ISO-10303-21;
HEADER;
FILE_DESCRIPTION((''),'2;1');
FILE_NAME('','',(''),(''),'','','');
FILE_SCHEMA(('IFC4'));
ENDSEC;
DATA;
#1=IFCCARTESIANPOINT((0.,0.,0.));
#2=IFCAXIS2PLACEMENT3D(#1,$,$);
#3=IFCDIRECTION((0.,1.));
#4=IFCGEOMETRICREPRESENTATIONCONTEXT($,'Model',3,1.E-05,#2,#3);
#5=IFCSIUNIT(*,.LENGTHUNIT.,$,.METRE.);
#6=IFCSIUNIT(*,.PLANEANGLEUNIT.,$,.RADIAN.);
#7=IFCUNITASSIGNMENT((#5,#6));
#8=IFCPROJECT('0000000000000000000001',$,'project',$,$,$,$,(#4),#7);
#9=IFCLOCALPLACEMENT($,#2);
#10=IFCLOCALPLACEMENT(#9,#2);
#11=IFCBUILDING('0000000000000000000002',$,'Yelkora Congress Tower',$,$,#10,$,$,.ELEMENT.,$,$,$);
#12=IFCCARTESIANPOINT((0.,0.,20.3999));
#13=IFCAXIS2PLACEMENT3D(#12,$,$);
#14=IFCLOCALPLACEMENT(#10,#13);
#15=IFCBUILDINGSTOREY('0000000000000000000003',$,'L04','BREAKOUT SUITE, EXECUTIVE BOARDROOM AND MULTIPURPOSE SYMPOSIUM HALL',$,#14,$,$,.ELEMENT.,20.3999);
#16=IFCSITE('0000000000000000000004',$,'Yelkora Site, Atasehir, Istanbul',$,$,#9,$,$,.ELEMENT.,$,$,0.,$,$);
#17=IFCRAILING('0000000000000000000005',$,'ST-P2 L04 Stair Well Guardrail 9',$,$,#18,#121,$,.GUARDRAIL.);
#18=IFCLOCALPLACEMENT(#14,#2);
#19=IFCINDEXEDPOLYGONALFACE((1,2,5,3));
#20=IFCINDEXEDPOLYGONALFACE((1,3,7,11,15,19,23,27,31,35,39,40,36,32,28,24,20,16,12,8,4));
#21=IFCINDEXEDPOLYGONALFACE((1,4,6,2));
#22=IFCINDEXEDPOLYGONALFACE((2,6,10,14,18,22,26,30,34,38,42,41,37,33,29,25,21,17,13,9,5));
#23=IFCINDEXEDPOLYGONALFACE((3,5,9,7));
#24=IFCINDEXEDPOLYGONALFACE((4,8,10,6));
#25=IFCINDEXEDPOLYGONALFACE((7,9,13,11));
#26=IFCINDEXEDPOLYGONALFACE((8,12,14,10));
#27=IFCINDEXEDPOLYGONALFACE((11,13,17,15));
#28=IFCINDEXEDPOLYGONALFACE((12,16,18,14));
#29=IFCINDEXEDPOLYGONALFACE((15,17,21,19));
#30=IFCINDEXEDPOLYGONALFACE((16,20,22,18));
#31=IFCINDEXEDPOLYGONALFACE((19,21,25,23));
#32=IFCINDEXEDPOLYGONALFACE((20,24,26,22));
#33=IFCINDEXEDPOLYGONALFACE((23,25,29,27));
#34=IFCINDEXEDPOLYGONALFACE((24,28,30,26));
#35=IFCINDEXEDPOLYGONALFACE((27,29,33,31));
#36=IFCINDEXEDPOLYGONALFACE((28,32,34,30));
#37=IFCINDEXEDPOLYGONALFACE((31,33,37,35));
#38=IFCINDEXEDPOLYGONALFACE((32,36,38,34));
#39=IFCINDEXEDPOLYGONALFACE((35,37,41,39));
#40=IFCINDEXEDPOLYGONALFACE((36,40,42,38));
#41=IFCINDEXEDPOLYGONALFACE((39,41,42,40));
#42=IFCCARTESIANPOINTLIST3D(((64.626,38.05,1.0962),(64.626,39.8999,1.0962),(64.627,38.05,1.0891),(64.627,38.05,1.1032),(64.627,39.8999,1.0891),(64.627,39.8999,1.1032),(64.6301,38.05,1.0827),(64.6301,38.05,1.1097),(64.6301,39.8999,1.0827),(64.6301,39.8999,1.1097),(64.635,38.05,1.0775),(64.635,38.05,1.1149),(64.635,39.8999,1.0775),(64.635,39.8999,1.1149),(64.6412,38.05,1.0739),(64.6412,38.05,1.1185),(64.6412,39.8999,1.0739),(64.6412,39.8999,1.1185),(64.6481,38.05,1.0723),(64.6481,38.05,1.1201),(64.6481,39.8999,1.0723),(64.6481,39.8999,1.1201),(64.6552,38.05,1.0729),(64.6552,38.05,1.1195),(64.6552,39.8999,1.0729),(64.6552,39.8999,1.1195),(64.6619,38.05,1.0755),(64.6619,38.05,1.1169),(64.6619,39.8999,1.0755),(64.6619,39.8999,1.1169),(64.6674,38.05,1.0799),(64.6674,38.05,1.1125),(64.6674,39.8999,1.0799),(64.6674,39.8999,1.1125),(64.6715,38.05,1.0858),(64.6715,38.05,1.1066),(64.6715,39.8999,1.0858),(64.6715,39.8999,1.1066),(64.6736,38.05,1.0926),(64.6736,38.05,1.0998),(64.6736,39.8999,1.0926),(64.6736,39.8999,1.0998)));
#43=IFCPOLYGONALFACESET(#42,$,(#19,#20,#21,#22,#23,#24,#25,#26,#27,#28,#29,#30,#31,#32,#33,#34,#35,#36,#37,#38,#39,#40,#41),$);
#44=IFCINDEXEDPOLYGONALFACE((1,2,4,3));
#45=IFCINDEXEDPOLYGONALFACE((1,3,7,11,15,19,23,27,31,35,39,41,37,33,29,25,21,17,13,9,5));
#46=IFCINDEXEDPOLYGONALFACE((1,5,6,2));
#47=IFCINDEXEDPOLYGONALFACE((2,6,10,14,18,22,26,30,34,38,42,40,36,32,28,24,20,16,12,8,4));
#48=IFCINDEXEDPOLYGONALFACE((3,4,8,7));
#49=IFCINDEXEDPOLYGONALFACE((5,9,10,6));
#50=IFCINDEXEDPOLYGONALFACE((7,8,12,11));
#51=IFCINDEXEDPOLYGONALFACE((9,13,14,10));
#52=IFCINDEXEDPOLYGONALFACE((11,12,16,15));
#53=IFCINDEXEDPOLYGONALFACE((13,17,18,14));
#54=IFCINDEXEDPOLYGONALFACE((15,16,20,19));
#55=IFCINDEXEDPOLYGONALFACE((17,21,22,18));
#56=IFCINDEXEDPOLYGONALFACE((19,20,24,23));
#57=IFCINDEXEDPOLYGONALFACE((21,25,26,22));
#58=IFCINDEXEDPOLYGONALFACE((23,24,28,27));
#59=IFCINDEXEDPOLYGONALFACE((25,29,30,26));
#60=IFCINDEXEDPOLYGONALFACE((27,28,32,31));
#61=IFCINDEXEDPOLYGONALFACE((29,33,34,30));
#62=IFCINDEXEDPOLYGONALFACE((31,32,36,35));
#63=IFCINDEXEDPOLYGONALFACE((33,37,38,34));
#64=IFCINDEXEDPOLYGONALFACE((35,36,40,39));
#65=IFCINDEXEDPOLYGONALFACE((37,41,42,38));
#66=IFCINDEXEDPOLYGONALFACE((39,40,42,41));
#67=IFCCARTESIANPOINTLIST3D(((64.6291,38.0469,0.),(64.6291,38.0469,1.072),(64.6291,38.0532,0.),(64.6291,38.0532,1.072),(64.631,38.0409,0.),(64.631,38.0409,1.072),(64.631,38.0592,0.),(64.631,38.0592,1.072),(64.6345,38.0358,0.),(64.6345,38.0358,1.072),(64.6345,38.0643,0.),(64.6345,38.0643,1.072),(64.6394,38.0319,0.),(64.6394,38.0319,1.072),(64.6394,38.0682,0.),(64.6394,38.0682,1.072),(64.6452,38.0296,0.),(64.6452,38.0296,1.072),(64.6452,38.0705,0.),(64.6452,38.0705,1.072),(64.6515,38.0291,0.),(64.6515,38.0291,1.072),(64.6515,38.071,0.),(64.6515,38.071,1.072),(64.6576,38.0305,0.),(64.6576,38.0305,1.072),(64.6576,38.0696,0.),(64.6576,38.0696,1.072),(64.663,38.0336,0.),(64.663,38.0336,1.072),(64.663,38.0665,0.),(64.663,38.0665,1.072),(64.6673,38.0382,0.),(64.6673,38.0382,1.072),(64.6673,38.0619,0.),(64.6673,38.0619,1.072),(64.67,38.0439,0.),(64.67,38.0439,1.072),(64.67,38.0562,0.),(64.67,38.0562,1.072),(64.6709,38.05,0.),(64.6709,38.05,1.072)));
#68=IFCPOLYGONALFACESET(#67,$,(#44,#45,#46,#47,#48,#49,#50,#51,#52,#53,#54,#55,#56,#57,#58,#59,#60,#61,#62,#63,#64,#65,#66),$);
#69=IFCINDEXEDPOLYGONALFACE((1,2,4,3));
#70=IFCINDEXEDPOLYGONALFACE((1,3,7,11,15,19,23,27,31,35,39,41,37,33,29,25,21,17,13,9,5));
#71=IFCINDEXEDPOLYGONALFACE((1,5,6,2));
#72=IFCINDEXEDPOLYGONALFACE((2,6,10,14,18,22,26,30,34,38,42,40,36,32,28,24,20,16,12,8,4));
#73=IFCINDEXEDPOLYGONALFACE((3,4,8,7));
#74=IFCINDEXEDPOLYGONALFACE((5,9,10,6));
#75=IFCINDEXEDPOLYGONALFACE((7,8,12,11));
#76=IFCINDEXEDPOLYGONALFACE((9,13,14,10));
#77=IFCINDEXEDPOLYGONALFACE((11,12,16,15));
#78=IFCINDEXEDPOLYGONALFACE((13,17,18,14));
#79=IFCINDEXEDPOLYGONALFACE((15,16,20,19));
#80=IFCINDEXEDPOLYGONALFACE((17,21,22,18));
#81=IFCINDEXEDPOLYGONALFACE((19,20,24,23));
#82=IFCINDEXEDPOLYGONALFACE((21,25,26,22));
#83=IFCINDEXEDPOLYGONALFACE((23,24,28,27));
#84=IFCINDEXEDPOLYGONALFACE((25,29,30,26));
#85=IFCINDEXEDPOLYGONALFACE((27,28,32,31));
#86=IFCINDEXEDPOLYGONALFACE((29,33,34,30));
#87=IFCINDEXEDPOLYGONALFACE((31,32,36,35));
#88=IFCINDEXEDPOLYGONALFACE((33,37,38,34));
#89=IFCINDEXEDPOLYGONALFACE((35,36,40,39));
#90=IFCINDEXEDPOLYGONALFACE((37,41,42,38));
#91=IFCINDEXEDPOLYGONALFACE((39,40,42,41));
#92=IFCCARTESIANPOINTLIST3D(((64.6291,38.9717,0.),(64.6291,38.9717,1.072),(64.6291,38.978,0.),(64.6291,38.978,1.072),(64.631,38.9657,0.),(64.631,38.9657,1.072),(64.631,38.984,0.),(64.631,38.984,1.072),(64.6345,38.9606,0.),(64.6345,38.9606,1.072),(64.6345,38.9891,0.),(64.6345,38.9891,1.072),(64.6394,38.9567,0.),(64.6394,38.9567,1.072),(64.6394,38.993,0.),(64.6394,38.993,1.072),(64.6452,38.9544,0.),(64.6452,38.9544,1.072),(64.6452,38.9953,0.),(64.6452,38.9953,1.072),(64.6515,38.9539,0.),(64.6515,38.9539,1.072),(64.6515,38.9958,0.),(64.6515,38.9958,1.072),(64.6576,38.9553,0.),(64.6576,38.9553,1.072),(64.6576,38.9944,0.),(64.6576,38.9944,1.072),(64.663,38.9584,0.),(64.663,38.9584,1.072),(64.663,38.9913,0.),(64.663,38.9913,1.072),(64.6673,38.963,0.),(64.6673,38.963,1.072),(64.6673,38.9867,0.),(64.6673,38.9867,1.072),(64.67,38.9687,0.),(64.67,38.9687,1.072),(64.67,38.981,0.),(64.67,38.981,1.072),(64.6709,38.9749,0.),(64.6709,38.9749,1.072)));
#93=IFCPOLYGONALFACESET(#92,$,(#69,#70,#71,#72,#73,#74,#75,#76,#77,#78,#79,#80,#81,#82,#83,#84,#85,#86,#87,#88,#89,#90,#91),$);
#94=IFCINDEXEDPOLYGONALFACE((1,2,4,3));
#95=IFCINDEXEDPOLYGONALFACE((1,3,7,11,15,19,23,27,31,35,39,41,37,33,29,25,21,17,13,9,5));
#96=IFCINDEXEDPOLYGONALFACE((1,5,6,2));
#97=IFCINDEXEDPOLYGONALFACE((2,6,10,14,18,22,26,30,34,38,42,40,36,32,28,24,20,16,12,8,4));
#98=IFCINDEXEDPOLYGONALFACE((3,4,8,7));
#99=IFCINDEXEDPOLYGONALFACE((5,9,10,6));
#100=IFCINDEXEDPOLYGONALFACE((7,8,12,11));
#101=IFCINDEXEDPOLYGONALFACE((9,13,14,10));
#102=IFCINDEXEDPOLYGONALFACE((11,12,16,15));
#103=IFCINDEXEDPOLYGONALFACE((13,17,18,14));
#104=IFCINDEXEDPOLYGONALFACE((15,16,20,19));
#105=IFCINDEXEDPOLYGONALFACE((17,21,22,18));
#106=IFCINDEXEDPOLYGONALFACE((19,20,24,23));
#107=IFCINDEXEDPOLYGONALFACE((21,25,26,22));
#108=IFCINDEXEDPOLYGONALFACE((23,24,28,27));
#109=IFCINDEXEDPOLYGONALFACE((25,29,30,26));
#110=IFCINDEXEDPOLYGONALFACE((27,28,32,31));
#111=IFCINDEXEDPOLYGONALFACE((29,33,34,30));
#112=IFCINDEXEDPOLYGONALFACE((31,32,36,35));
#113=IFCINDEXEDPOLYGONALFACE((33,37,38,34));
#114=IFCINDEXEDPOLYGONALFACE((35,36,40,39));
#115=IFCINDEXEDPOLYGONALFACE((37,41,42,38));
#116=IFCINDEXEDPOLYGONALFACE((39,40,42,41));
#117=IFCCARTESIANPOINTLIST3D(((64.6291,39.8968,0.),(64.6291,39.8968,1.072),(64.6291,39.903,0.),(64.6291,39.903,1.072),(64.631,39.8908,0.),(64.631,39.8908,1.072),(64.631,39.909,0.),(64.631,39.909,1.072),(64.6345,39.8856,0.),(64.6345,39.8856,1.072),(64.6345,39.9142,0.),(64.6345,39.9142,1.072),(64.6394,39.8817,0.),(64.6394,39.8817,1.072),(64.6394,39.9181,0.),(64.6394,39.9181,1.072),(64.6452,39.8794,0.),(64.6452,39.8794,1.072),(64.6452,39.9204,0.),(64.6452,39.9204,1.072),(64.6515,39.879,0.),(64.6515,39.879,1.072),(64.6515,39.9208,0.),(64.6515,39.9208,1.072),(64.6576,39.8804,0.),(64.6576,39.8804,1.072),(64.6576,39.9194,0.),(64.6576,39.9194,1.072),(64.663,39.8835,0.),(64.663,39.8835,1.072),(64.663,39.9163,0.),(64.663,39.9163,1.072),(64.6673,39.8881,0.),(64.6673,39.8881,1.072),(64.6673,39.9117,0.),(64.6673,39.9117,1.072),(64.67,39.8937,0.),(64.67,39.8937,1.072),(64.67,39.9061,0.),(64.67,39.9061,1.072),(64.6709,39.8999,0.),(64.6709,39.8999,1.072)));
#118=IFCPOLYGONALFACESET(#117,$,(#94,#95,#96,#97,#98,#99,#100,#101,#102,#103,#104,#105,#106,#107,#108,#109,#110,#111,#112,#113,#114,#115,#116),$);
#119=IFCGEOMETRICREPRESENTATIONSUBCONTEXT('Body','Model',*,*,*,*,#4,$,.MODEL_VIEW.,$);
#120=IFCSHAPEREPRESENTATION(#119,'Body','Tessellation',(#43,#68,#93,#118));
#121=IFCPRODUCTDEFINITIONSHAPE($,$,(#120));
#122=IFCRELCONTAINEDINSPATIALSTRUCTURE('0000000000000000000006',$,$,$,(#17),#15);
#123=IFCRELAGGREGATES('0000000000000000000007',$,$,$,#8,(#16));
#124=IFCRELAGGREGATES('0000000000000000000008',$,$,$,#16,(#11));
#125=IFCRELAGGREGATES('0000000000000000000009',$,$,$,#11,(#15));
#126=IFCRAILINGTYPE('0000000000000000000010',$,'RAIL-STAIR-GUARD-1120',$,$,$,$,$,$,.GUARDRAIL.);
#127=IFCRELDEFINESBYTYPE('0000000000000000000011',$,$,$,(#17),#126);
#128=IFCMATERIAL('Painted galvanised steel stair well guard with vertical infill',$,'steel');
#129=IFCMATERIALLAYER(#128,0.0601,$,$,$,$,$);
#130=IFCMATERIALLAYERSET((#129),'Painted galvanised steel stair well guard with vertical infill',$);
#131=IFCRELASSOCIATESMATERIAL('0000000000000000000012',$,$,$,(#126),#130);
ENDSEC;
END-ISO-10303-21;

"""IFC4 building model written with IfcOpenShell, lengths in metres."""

from ifc_helpers import new_model, si_unit, direction, frame, origin, origin_2d, place, context, subcontext, project, spatial, circle, extrude, material, layer, layer_set, type_object, element, save


model = new_model("IFC4")

# Units and contexts
model_context = context("Model", 3, precision=1e-05, world=origin(), true_north=direction((0.0, 1.0)))
body_context = subcontext(model_context, "Body", "Model", "MODEL_VIEW")
ifc_project = project(units=[si_unit("LENGTHUNIT", "METRE"), si_unit("PLANEANGLEUNIT", "RADIAN")], contexts=[model_context])

# Site, building, storey
site_placement = place(None, origin())
site = spatial("IfcSite", under=ifc_project, at=site_placement, Name="Yelkora Site, Atasehir, Istanbul", CompositionType="ELEMENT", RefElevation=0.0)
building_placement = place(site_placement, origin())
building = spatial("IfcBuilding", under=site, at=building_placement, Name="Yelkora Congress Tower", CompositionType="ELEMENT")
storey_placement = place(building_placement, frame((0.0, 0.0, 20.3999)))
storey = spatial("IfcBuildingStorey", under=building, at=storey_placement, Name="L04", Description="BREAKOUT SUITE, EXECUTIVE BOARDROOM AND MULTIPURPOSE SYMPOSIUM HALL", CompositionType="ELEMENT", Elevation=20.3999)

# Railing
ifc_material_1 = material(Name="Painted galvanised steel stair well guard with vertical infill", Category="steel")
ifc_layer_1 = layer(ifc_material_1, 0.0601)
ifc_layer_set_1 = layer_set([ifc_layer_1], Name="Painted galvanised steel stair well guard with vertical infill")
railing_type_1 = type_object("IfcRailingType", Name="RAIL-STAIR-GUARD-1120", PredefinedType="GUARDRAIL", material=ifc_layer_set_1)
railing_1_placement = place(storey_placement, frame((64.6499, 38.05, 0.0)))
element("IfcRailing", 1, at=railing_1_placement, inside=storey, type_object=railing_type_1, Name="ST-P2 L04 Stair Well Guardrail 9", PredefinedType="GUARDRAIL", context=body_context, shape_type="SweptSolid", body=[
    extrude(circle(Radius=0.0239, at=origin_2d()), frame((0.0, 0.0, 1.0962), z_axis=(0.0, 1.0, 0.0), x_axis=(-1.0, 0.0, 0.0)), (0.0, 0.0, 1.0), 1.8499),
    extrude(circle(Radius=0.021, at=origin_2d()), origin(), (0.0, 0.0, 1.0), 1.072),
    extrude(circle(Radius=0.021, at=origin_2d()), frame((0.0, 0.9248, 0.0)), (0.0, 0.0, 1.0), 1.072),
    extrude(circle(Radius=0.021, at=origin_2d()), frame((0.0, 1.8499, 0.0)), (0.0, 0.0, 1.0), 1.072),
])

save(model, "model.ifc")
